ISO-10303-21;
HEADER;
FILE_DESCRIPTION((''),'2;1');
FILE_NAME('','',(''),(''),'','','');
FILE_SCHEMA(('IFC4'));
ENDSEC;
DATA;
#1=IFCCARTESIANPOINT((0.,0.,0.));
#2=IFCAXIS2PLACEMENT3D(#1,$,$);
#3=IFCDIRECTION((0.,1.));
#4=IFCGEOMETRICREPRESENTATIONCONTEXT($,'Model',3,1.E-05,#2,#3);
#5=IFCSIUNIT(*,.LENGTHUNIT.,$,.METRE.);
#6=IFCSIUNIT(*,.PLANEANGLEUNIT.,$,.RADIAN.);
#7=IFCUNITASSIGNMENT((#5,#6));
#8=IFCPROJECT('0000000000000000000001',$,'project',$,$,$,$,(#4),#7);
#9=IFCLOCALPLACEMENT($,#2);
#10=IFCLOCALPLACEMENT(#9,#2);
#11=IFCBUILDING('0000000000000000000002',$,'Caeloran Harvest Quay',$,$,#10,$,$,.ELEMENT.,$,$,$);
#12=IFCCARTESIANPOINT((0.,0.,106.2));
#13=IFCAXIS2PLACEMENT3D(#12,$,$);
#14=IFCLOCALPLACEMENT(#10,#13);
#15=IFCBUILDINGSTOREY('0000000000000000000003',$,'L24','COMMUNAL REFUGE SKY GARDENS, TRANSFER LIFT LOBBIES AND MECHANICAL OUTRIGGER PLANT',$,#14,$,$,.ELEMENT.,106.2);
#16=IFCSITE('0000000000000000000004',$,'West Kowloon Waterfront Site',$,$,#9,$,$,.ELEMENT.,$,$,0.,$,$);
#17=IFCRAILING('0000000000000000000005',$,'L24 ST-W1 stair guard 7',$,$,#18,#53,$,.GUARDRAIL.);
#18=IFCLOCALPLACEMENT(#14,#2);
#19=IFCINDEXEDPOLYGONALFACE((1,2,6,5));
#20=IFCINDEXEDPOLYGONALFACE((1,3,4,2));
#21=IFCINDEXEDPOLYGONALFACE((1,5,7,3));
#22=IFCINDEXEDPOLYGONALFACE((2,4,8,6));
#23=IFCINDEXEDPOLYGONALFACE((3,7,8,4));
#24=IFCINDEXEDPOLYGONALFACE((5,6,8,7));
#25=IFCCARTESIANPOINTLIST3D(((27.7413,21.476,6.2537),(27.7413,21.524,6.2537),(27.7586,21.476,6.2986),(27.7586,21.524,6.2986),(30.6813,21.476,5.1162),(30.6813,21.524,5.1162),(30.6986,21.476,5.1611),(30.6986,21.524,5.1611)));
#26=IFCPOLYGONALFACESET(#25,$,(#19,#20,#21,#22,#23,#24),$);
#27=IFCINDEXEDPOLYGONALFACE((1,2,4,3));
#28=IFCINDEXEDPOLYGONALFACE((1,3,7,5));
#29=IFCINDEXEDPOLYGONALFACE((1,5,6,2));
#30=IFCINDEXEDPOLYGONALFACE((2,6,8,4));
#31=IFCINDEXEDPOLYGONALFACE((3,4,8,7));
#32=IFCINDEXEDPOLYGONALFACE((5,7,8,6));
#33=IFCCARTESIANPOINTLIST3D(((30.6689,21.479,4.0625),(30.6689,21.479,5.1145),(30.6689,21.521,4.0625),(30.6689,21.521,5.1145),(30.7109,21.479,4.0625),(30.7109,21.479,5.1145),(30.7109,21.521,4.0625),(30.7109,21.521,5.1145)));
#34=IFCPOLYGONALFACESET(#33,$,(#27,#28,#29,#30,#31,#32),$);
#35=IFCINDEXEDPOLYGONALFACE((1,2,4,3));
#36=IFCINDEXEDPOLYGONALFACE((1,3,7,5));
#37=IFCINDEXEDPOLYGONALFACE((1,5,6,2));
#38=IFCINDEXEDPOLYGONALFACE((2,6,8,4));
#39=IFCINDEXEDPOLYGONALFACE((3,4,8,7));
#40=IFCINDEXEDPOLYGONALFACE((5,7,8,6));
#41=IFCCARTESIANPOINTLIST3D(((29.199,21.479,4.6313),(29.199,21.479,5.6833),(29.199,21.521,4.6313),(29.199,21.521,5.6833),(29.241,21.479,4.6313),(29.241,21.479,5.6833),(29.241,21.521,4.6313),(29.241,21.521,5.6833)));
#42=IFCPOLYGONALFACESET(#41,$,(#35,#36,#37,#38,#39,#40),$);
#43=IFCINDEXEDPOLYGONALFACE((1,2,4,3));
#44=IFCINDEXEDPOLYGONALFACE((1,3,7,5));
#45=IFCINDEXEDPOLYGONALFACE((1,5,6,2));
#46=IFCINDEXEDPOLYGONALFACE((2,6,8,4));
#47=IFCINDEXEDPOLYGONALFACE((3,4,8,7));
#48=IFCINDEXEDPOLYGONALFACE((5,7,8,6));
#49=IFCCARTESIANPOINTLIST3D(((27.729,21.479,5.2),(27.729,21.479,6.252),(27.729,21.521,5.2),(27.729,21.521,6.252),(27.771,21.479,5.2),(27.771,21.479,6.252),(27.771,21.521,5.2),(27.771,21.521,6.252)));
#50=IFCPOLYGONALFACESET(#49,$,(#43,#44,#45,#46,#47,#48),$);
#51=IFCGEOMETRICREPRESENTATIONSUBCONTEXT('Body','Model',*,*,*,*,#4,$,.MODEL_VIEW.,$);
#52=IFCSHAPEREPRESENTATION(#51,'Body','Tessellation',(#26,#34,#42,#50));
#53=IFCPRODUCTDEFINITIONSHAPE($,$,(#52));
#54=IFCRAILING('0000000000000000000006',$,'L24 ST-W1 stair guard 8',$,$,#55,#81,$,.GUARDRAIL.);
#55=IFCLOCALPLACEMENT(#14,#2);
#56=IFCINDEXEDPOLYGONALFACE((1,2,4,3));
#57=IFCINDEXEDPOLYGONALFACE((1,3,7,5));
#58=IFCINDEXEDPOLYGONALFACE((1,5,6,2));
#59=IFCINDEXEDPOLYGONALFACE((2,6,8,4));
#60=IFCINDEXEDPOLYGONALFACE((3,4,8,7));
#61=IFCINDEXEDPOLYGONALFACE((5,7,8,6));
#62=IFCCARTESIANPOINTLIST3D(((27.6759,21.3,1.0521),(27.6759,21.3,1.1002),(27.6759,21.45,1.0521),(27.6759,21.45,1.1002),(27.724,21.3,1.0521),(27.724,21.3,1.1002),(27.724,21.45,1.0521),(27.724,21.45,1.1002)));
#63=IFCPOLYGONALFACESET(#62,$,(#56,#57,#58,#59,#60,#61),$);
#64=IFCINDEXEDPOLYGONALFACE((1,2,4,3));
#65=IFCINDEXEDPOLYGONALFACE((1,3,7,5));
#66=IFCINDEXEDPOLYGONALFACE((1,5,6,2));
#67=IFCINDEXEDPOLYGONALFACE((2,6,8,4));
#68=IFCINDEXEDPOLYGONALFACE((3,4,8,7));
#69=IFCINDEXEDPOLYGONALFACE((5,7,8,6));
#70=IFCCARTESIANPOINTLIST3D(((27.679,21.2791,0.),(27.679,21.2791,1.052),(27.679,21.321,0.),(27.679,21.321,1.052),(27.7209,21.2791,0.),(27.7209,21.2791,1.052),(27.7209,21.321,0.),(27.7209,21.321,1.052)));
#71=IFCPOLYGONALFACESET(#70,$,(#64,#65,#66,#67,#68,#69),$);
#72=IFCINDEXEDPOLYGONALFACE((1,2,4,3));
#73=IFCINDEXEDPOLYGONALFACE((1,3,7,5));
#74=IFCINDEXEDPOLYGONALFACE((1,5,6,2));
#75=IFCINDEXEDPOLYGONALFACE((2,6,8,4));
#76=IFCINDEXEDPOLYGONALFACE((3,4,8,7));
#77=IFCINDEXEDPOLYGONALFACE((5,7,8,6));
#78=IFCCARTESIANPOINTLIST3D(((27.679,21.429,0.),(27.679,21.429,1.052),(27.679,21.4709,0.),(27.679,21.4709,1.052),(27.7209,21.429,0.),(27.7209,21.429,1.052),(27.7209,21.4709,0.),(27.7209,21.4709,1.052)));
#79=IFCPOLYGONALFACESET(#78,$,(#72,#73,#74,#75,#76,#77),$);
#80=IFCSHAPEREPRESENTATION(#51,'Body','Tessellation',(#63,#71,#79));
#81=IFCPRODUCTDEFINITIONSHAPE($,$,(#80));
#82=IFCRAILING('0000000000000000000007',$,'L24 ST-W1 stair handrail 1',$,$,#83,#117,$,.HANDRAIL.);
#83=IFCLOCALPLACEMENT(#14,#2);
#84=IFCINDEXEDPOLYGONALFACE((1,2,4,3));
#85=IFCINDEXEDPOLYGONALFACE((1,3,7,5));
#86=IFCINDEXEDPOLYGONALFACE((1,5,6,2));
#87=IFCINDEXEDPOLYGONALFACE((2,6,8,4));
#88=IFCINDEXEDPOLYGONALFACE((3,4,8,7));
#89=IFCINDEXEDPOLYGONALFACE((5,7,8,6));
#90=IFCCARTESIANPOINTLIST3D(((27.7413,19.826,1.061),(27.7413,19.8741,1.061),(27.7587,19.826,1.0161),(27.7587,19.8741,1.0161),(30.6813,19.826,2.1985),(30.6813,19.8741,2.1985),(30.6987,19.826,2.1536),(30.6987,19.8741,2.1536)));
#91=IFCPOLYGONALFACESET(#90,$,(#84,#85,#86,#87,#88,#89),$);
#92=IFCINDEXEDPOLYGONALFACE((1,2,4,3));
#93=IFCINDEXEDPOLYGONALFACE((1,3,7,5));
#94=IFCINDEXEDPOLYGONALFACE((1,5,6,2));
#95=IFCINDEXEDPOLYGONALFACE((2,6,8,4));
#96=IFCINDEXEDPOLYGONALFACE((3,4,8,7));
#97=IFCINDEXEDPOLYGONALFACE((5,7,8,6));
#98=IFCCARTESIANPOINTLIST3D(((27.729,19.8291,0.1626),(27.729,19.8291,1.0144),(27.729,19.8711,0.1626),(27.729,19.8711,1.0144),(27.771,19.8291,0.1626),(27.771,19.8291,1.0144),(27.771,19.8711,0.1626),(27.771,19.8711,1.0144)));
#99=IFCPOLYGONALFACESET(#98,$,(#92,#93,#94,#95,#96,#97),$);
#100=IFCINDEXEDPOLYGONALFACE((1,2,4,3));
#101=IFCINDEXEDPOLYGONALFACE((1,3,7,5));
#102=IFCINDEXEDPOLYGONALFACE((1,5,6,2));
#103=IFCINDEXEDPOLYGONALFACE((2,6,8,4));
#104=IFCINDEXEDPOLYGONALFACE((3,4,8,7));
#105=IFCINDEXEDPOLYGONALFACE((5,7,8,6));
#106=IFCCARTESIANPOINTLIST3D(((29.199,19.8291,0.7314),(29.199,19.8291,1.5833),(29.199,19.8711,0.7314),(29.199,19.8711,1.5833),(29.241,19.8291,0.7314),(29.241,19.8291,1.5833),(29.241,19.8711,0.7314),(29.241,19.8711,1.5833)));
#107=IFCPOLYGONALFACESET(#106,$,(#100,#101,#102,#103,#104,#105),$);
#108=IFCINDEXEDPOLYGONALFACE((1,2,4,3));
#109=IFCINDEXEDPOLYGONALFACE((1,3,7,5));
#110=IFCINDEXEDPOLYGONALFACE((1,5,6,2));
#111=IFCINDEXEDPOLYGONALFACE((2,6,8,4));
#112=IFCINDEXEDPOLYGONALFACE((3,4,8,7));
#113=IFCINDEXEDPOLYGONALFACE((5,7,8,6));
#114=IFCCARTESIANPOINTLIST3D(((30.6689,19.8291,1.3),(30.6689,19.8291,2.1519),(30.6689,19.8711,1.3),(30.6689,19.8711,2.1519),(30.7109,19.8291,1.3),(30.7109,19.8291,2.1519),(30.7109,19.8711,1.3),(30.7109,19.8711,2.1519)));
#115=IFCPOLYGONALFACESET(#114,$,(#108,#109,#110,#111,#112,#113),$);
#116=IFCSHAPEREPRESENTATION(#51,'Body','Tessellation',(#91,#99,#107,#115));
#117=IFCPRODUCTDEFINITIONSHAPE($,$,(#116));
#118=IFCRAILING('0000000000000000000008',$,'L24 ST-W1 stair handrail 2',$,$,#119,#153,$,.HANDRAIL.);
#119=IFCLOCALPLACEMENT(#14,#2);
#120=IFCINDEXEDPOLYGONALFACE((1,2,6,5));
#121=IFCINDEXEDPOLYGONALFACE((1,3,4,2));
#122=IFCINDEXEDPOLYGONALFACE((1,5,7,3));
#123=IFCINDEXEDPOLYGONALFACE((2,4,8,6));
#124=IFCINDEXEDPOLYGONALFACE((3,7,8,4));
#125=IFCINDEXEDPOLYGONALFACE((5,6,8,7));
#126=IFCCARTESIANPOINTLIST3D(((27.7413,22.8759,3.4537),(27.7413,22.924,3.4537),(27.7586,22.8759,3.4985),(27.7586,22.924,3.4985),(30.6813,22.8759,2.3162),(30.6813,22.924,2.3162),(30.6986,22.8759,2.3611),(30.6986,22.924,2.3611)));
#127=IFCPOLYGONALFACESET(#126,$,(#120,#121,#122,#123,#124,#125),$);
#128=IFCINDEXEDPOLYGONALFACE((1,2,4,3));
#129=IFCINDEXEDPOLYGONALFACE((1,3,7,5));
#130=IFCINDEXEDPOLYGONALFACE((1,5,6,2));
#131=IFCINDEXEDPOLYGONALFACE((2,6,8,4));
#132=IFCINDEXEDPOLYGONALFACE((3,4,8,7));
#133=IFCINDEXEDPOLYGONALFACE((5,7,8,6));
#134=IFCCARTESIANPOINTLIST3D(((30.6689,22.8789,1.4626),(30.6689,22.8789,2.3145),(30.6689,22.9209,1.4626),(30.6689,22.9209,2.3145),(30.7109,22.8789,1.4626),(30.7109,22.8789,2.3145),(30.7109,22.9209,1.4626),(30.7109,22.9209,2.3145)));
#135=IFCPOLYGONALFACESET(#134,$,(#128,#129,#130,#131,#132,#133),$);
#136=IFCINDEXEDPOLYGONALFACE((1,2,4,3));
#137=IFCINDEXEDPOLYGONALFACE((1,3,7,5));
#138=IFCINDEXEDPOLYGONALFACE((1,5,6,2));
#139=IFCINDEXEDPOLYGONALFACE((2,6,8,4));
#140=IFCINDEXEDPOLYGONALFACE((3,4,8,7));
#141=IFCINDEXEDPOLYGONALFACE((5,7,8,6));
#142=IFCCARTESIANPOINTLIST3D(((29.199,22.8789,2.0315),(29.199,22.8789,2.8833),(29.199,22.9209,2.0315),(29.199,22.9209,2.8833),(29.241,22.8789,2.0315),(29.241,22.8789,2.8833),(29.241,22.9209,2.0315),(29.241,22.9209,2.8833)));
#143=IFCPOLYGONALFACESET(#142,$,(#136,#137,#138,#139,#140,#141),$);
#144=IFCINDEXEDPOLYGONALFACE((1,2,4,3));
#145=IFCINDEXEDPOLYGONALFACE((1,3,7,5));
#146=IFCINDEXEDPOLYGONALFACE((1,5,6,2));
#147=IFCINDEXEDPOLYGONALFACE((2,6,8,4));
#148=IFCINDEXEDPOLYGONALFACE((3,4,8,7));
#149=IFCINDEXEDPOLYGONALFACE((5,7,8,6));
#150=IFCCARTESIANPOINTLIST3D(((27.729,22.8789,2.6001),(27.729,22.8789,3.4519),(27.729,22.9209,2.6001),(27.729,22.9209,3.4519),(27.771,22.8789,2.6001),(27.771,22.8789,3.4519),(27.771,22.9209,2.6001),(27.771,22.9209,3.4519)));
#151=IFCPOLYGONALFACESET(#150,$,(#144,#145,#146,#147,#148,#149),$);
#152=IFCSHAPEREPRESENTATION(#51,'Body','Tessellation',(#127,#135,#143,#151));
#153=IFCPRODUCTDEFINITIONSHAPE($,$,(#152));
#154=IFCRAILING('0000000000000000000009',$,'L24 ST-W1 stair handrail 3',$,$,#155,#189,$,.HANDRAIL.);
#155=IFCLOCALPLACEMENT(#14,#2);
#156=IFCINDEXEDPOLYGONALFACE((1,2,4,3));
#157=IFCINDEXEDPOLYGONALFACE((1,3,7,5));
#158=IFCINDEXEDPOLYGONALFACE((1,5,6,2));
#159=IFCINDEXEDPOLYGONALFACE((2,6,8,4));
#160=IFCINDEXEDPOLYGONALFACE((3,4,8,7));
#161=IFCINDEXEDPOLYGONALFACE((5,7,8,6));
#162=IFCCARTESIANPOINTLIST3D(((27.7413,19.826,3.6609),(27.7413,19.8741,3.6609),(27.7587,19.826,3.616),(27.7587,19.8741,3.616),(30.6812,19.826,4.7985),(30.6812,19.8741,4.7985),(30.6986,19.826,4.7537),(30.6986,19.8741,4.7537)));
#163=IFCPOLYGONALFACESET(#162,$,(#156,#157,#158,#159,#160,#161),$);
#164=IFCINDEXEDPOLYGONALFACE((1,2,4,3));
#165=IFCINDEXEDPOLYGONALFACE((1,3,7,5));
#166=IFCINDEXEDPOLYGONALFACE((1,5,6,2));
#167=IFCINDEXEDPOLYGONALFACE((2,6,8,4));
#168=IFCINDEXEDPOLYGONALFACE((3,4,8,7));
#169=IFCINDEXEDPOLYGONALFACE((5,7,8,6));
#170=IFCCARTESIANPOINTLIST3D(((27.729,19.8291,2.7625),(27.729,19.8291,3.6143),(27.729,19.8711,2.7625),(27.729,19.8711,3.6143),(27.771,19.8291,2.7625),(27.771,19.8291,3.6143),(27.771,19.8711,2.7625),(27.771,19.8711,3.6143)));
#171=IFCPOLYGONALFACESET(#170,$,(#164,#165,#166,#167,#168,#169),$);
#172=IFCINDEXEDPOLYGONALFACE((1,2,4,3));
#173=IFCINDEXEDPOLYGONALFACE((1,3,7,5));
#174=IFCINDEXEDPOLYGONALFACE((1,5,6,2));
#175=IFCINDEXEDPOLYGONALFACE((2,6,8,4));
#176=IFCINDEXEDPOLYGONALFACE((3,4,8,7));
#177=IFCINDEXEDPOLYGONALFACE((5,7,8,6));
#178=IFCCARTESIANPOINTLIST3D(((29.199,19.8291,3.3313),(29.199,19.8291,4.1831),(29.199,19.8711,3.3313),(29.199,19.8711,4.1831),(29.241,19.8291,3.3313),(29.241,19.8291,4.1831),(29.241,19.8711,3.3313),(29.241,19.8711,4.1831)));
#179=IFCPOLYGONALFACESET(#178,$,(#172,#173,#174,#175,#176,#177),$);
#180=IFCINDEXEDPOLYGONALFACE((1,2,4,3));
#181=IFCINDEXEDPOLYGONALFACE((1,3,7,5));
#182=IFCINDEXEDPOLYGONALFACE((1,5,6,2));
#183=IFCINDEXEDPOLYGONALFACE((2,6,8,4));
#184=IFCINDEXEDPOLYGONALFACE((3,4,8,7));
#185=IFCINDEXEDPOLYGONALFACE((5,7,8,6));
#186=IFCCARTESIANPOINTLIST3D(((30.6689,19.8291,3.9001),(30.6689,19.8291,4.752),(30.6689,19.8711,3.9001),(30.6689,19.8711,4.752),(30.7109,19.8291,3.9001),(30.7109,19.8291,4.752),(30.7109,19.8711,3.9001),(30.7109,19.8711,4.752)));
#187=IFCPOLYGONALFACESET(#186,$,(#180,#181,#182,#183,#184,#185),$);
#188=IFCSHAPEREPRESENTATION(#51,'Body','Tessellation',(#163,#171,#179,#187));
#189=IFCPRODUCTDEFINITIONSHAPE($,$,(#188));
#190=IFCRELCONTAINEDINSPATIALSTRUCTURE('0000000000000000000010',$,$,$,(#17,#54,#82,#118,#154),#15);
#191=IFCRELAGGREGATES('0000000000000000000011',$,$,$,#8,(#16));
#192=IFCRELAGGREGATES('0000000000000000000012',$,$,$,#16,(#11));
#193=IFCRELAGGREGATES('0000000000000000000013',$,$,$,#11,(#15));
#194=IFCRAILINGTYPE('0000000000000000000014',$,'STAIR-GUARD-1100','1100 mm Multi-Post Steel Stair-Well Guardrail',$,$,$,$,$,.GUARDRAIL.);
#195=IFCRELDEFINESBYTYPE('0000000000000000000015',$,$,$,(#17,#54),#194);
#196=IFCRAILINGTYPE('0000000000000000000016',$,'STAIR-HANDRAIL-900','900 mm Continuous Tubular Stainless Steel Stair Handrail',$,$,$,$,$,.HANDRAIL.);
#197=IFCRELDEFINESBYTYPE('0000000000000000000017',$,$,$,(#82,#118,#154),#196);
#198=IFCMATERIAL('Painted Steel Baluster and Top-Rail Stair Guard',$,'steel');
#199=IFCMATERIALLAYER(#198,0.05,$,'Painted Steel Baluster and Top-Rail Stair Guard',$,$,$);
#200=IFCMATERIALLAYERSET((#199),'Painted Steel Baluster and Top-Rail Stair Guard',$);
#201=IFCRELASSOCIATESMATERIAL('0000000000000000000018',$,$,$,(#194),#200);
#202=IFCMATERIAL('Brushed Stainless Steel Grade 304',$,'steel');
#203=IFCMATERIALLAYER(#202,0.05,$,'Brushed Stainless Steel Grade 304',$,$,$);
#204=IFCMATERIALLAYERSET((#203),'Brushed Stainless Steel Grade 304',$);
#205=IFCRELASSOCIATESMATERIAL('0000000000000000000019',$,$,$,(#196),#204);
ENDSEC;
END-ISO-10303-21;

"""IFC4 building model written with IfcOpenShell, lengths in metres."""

from ifc_helpers import new_model, si_unit, direction, frame, origin, origin_2d, place, context, subcontext, project, spatial, rectangle, extrude, material, layer, layer_set, type_object, element, save


model = new_model("IFC4")

# Units and contexts
model_context = context("Model", 3, precision=1e-05, world=origin(), true_north=direction((0.0, 1.0)))
body_context = subcontext(model_context, "Body", "Model", "MODEL_VIEW")
ifc_project = project(units=[si_unit("LENGTHUNIT", "METRE"), si_unit("PLANEANGLEUNIT", "RADIAN")], contexts=[model_context])

# Site, building, storey
site_placement = place(None, origin())
site = spatial("IfcSite", under=ifc_project, at=site_placement, Name="West Kowloon Waterfront Site", CompositionType="ELEMENT", RefElevation=0.0)
building_placement = place(site_placement, origin())
building = spatial("IfcBuilding", under=site, at=building_placement, Name="Caeloran Harvest Quay", CompositionType="ELEMENT")
storey_placement = place(building_placement, frame((0.0, 0.0, 106.2)))
storey = spatial("IfcBuildingStorey", under=building, at=storey_placement, Name="L24", Description="COMMUNAL REFUGE SKY GARDENS, TRANSFER LIFT LOBBIES AND MECHANICAL OUTRIGGER PLANT", CompositionType="ELEMENT", Elevation=106.2)

# Railings
ifc_material_1 = material(Name="Painted Steel Baluster and Top-Rail Stair Guard", Category="steel")
ifc_layer_1 = layer(ifc_material_1, 0.05, Name="Painted Steel Baluster and Top-Rail Stair Guard")
ifc_layer_set_1 = layer_set([ifc_layer_1], Name="Painted Steel Baluster and Top-Rail Stair Guard")
railing_type_1 = type_object("IfcRailingType", Name="STAIR-GUARD-1100", Description="1100 mm Multi-Post Steel Stair-Well Guardrail", PredefinedType="GUARDRAIL", material=ifc_layer_set_1)
railing_1_placement = place(storey_placement, frame((30.6899, 21.5, 4.0625)))
element("IfcRailing", 1, at=railing_1_placement, inside=storey, type_object=railing_type_1, Name="L24 ST-W1 stair guard 7", PredefinedType="GUARDRAIL", context=body_context, shape_type="SweptSolid", body=[
    extrude(rectangle(XDim=0.0481, YDim=0.0481, at=origin_2d()), frame((0.0, 0.0, 1.0762), z_axis=(-0.932631, 0.0, 0.360831), x_axis=(0.0, -1.0, 0.0)), (0.0, 0.0, 1.0), 3.1523),
    extrude(rectangle(XDim=0.042, YDim=0.042, at=origin_2d()), origin(), (0.0, 0.0, 1.0), 1.052),
    extrude(rectangle(XDim=0.042, YDim=0.042, at=origin_2d()), frame((-1.47, 0.0, 0.5688)), (0.0, 0.0, 1.0), 1.052),
    extrude(rectangle(XDim=0.042, YDim=0.042, at=origin_2d()), frame((-2.9399, 0.0, 1.1375)), (0.0, 0.0, 1.0), 1.052),
])
railing_2_placement = place(storey_placement, frame((27.7, 21.3, 0.0)))
element("IfcRailing", 2, at=railing_2_placement, inside=storey, type_object=railing_type_1, Name="L24 ST-W1 stair guard 8", PredefinedType="GUARDRAIL", context=body_context, shape_type="SweptSolid", body=[
    extrude(rectangle(XDim=0.0481, YDim=0.0481, at=origin_2d()), frame((0.0, 0.0, 1.0762), z_axis=(0.0, 1.0, 0.0), x_axis=(-1.0, 0.0, 0.0)), (0.0, 0.0, 1.0), 0.1499),
    extrude(rectangle(XDim=0.042, YDim=0.042, at=origin_2d()), origin(), (0.0, 0.0, 1.0), 1.052),
    extrude(rectangle(XDim=0.042, YDim=0.042, at=origin_2d()), frame((0.0, 0.1499, 0.0)), (0.0, 0.0, 1.0), 1.052),
])
ifc_material_2 = material(Name="Brushed Stainless Steel Grade 304", Category="steel")
ifc_layer_2 = layer(ifc_material_2, 0.05, Name="Brushed Stainless Steel Grade 304")
ifc_layer_set_2 = layer_set([ifc_layer_2], Name="Brushed Stainless Steel Grade 304")
railing_type_2 = type_object("IfcRailingType", Name="STAIR-HANDRAIL-900", Description="900 mm Continuous Tubular Stainless Steel Stair Handrail", PredefinedType="HANDRAIL", material=ifc_layer_set_2)
railing_3_placement = place(storey_placement, frame((27.75, 19.8501, 0.1626)))
element("IfcRailing", 3, at=railing_3_placement, inside=storey, type_object=railing_type_2, Name="L24 ST-W1 stair handrail 1", PredefinedType="HANDRAIL", context=body_context, shape_type="SweptSolid", body=[
    extrude(rectangle(XDim=0.0481, YDim=0.0481, at=origin_2d()), frame((0.0, 0.0, 0.876), z_axis=(0.932631, 0.0, 0.360831), x_axis=(0.0, 1.0, 0.0)), (0.0, 0.0, 1.0), 3.1523),
    extrude(rectangle(XDim=0.042, YDim=0.042, at=origin_2d()), origin(), (0.0, 0.0, 1.0), 0.8518),
    extrude(rectangle(XDim=0.042, YDim=0.042, at=origin_2d()), frame((1.47, 0.0, 0.5688)), (0.0, 0.0, 1.0), 0.8518),
    extrude(rectangle(XDim=0.042, YDim=0.042, at=origin_2d()), frame((2.9399, 0.0, 1.1375)), (0.0, 0.0, 1.0), 0.8518),
])
railing_4_placement = place(storey_placement, frame((30.6899, 22.8999, 1.4626)))
element("IfcRailing", 4, at=railing_4_placement, inside=storey, type_object=railing_type_2, Name="L24 ST-W1 stair handrail 2", PredefinedType="HANDRAIL", context=body_context, shape_type="SweptSolid", body=[
    extrude(rectangle(XDim=0.0481, YDim=0.0481, at=origin_2d()), frame((0.0, 0.0, 0.876), z_axis=(-0.932631, 0.0, 0.360831), x_axis=(0.0, -1.0, 0.0)), (0.0, 0.0, 1.0), 3.1523),
    extrude(rectangle(XDim=0.042, YDim=0.042, at=origin_2d()), origin(), (0.0, 0.0, 1.0), 0.8518),
    extrude(rectangle(XDim=0.042, YDim=0.042, at=origin_2d()), frame((-1.47, 0.0, 0.5688)), (0.0, 0.0, 1.0), 0.8518),
    extrude(rectangle(XDim=0.042, YDim=0.042, at=origin_2d()), frame((-2.9399, 0.0, 1.1375)), (0.0, 0.0, 1.0), 0.8518),
])
railing_5_placement = place(storey_placement, frame((27.75, 19.8501, 2.7625)))
element("IfcRailing", 5, at=railing_5_placement, inside=storey, type_object=railing_type_2, Name="L24 ST-W1 stair handrail 3", PredefinedType="HANDRAIL", context=body_context, shape_type="SweptSolid", body=[
    extrude(rectangle(XDim=0.0481, YDim=0.0481, at=origin_2d()), frame((0.0, 0.0, 0.876), z_axis=(0.932605, 0.0, 0.360899), x_axis=(0.0, 1.0, 0.0)), (0.0, 0.0, 1.0), 3.1523),
    extrude(rectangle(XDim=0.042, YDim=0.042, at=origin_2d()), origin(), (0.0, 0.0, 1.0), 0.8518),
    extrude(rectangle(XDim=0.042, YDim=0.042, at=origin_2d()), frame((1.47, 0.0, 0.5688)), (0.0, 0.0, 1.0), 0.8518),
    extrude(rectangle(XDim=0.042, YDim=0.042, at=origin_2d()), frame((2.9399, 0.0, 1.1377)), (0.0, 0.0, 1.0), 0.8518),
])

save(model, "model.ifc")
